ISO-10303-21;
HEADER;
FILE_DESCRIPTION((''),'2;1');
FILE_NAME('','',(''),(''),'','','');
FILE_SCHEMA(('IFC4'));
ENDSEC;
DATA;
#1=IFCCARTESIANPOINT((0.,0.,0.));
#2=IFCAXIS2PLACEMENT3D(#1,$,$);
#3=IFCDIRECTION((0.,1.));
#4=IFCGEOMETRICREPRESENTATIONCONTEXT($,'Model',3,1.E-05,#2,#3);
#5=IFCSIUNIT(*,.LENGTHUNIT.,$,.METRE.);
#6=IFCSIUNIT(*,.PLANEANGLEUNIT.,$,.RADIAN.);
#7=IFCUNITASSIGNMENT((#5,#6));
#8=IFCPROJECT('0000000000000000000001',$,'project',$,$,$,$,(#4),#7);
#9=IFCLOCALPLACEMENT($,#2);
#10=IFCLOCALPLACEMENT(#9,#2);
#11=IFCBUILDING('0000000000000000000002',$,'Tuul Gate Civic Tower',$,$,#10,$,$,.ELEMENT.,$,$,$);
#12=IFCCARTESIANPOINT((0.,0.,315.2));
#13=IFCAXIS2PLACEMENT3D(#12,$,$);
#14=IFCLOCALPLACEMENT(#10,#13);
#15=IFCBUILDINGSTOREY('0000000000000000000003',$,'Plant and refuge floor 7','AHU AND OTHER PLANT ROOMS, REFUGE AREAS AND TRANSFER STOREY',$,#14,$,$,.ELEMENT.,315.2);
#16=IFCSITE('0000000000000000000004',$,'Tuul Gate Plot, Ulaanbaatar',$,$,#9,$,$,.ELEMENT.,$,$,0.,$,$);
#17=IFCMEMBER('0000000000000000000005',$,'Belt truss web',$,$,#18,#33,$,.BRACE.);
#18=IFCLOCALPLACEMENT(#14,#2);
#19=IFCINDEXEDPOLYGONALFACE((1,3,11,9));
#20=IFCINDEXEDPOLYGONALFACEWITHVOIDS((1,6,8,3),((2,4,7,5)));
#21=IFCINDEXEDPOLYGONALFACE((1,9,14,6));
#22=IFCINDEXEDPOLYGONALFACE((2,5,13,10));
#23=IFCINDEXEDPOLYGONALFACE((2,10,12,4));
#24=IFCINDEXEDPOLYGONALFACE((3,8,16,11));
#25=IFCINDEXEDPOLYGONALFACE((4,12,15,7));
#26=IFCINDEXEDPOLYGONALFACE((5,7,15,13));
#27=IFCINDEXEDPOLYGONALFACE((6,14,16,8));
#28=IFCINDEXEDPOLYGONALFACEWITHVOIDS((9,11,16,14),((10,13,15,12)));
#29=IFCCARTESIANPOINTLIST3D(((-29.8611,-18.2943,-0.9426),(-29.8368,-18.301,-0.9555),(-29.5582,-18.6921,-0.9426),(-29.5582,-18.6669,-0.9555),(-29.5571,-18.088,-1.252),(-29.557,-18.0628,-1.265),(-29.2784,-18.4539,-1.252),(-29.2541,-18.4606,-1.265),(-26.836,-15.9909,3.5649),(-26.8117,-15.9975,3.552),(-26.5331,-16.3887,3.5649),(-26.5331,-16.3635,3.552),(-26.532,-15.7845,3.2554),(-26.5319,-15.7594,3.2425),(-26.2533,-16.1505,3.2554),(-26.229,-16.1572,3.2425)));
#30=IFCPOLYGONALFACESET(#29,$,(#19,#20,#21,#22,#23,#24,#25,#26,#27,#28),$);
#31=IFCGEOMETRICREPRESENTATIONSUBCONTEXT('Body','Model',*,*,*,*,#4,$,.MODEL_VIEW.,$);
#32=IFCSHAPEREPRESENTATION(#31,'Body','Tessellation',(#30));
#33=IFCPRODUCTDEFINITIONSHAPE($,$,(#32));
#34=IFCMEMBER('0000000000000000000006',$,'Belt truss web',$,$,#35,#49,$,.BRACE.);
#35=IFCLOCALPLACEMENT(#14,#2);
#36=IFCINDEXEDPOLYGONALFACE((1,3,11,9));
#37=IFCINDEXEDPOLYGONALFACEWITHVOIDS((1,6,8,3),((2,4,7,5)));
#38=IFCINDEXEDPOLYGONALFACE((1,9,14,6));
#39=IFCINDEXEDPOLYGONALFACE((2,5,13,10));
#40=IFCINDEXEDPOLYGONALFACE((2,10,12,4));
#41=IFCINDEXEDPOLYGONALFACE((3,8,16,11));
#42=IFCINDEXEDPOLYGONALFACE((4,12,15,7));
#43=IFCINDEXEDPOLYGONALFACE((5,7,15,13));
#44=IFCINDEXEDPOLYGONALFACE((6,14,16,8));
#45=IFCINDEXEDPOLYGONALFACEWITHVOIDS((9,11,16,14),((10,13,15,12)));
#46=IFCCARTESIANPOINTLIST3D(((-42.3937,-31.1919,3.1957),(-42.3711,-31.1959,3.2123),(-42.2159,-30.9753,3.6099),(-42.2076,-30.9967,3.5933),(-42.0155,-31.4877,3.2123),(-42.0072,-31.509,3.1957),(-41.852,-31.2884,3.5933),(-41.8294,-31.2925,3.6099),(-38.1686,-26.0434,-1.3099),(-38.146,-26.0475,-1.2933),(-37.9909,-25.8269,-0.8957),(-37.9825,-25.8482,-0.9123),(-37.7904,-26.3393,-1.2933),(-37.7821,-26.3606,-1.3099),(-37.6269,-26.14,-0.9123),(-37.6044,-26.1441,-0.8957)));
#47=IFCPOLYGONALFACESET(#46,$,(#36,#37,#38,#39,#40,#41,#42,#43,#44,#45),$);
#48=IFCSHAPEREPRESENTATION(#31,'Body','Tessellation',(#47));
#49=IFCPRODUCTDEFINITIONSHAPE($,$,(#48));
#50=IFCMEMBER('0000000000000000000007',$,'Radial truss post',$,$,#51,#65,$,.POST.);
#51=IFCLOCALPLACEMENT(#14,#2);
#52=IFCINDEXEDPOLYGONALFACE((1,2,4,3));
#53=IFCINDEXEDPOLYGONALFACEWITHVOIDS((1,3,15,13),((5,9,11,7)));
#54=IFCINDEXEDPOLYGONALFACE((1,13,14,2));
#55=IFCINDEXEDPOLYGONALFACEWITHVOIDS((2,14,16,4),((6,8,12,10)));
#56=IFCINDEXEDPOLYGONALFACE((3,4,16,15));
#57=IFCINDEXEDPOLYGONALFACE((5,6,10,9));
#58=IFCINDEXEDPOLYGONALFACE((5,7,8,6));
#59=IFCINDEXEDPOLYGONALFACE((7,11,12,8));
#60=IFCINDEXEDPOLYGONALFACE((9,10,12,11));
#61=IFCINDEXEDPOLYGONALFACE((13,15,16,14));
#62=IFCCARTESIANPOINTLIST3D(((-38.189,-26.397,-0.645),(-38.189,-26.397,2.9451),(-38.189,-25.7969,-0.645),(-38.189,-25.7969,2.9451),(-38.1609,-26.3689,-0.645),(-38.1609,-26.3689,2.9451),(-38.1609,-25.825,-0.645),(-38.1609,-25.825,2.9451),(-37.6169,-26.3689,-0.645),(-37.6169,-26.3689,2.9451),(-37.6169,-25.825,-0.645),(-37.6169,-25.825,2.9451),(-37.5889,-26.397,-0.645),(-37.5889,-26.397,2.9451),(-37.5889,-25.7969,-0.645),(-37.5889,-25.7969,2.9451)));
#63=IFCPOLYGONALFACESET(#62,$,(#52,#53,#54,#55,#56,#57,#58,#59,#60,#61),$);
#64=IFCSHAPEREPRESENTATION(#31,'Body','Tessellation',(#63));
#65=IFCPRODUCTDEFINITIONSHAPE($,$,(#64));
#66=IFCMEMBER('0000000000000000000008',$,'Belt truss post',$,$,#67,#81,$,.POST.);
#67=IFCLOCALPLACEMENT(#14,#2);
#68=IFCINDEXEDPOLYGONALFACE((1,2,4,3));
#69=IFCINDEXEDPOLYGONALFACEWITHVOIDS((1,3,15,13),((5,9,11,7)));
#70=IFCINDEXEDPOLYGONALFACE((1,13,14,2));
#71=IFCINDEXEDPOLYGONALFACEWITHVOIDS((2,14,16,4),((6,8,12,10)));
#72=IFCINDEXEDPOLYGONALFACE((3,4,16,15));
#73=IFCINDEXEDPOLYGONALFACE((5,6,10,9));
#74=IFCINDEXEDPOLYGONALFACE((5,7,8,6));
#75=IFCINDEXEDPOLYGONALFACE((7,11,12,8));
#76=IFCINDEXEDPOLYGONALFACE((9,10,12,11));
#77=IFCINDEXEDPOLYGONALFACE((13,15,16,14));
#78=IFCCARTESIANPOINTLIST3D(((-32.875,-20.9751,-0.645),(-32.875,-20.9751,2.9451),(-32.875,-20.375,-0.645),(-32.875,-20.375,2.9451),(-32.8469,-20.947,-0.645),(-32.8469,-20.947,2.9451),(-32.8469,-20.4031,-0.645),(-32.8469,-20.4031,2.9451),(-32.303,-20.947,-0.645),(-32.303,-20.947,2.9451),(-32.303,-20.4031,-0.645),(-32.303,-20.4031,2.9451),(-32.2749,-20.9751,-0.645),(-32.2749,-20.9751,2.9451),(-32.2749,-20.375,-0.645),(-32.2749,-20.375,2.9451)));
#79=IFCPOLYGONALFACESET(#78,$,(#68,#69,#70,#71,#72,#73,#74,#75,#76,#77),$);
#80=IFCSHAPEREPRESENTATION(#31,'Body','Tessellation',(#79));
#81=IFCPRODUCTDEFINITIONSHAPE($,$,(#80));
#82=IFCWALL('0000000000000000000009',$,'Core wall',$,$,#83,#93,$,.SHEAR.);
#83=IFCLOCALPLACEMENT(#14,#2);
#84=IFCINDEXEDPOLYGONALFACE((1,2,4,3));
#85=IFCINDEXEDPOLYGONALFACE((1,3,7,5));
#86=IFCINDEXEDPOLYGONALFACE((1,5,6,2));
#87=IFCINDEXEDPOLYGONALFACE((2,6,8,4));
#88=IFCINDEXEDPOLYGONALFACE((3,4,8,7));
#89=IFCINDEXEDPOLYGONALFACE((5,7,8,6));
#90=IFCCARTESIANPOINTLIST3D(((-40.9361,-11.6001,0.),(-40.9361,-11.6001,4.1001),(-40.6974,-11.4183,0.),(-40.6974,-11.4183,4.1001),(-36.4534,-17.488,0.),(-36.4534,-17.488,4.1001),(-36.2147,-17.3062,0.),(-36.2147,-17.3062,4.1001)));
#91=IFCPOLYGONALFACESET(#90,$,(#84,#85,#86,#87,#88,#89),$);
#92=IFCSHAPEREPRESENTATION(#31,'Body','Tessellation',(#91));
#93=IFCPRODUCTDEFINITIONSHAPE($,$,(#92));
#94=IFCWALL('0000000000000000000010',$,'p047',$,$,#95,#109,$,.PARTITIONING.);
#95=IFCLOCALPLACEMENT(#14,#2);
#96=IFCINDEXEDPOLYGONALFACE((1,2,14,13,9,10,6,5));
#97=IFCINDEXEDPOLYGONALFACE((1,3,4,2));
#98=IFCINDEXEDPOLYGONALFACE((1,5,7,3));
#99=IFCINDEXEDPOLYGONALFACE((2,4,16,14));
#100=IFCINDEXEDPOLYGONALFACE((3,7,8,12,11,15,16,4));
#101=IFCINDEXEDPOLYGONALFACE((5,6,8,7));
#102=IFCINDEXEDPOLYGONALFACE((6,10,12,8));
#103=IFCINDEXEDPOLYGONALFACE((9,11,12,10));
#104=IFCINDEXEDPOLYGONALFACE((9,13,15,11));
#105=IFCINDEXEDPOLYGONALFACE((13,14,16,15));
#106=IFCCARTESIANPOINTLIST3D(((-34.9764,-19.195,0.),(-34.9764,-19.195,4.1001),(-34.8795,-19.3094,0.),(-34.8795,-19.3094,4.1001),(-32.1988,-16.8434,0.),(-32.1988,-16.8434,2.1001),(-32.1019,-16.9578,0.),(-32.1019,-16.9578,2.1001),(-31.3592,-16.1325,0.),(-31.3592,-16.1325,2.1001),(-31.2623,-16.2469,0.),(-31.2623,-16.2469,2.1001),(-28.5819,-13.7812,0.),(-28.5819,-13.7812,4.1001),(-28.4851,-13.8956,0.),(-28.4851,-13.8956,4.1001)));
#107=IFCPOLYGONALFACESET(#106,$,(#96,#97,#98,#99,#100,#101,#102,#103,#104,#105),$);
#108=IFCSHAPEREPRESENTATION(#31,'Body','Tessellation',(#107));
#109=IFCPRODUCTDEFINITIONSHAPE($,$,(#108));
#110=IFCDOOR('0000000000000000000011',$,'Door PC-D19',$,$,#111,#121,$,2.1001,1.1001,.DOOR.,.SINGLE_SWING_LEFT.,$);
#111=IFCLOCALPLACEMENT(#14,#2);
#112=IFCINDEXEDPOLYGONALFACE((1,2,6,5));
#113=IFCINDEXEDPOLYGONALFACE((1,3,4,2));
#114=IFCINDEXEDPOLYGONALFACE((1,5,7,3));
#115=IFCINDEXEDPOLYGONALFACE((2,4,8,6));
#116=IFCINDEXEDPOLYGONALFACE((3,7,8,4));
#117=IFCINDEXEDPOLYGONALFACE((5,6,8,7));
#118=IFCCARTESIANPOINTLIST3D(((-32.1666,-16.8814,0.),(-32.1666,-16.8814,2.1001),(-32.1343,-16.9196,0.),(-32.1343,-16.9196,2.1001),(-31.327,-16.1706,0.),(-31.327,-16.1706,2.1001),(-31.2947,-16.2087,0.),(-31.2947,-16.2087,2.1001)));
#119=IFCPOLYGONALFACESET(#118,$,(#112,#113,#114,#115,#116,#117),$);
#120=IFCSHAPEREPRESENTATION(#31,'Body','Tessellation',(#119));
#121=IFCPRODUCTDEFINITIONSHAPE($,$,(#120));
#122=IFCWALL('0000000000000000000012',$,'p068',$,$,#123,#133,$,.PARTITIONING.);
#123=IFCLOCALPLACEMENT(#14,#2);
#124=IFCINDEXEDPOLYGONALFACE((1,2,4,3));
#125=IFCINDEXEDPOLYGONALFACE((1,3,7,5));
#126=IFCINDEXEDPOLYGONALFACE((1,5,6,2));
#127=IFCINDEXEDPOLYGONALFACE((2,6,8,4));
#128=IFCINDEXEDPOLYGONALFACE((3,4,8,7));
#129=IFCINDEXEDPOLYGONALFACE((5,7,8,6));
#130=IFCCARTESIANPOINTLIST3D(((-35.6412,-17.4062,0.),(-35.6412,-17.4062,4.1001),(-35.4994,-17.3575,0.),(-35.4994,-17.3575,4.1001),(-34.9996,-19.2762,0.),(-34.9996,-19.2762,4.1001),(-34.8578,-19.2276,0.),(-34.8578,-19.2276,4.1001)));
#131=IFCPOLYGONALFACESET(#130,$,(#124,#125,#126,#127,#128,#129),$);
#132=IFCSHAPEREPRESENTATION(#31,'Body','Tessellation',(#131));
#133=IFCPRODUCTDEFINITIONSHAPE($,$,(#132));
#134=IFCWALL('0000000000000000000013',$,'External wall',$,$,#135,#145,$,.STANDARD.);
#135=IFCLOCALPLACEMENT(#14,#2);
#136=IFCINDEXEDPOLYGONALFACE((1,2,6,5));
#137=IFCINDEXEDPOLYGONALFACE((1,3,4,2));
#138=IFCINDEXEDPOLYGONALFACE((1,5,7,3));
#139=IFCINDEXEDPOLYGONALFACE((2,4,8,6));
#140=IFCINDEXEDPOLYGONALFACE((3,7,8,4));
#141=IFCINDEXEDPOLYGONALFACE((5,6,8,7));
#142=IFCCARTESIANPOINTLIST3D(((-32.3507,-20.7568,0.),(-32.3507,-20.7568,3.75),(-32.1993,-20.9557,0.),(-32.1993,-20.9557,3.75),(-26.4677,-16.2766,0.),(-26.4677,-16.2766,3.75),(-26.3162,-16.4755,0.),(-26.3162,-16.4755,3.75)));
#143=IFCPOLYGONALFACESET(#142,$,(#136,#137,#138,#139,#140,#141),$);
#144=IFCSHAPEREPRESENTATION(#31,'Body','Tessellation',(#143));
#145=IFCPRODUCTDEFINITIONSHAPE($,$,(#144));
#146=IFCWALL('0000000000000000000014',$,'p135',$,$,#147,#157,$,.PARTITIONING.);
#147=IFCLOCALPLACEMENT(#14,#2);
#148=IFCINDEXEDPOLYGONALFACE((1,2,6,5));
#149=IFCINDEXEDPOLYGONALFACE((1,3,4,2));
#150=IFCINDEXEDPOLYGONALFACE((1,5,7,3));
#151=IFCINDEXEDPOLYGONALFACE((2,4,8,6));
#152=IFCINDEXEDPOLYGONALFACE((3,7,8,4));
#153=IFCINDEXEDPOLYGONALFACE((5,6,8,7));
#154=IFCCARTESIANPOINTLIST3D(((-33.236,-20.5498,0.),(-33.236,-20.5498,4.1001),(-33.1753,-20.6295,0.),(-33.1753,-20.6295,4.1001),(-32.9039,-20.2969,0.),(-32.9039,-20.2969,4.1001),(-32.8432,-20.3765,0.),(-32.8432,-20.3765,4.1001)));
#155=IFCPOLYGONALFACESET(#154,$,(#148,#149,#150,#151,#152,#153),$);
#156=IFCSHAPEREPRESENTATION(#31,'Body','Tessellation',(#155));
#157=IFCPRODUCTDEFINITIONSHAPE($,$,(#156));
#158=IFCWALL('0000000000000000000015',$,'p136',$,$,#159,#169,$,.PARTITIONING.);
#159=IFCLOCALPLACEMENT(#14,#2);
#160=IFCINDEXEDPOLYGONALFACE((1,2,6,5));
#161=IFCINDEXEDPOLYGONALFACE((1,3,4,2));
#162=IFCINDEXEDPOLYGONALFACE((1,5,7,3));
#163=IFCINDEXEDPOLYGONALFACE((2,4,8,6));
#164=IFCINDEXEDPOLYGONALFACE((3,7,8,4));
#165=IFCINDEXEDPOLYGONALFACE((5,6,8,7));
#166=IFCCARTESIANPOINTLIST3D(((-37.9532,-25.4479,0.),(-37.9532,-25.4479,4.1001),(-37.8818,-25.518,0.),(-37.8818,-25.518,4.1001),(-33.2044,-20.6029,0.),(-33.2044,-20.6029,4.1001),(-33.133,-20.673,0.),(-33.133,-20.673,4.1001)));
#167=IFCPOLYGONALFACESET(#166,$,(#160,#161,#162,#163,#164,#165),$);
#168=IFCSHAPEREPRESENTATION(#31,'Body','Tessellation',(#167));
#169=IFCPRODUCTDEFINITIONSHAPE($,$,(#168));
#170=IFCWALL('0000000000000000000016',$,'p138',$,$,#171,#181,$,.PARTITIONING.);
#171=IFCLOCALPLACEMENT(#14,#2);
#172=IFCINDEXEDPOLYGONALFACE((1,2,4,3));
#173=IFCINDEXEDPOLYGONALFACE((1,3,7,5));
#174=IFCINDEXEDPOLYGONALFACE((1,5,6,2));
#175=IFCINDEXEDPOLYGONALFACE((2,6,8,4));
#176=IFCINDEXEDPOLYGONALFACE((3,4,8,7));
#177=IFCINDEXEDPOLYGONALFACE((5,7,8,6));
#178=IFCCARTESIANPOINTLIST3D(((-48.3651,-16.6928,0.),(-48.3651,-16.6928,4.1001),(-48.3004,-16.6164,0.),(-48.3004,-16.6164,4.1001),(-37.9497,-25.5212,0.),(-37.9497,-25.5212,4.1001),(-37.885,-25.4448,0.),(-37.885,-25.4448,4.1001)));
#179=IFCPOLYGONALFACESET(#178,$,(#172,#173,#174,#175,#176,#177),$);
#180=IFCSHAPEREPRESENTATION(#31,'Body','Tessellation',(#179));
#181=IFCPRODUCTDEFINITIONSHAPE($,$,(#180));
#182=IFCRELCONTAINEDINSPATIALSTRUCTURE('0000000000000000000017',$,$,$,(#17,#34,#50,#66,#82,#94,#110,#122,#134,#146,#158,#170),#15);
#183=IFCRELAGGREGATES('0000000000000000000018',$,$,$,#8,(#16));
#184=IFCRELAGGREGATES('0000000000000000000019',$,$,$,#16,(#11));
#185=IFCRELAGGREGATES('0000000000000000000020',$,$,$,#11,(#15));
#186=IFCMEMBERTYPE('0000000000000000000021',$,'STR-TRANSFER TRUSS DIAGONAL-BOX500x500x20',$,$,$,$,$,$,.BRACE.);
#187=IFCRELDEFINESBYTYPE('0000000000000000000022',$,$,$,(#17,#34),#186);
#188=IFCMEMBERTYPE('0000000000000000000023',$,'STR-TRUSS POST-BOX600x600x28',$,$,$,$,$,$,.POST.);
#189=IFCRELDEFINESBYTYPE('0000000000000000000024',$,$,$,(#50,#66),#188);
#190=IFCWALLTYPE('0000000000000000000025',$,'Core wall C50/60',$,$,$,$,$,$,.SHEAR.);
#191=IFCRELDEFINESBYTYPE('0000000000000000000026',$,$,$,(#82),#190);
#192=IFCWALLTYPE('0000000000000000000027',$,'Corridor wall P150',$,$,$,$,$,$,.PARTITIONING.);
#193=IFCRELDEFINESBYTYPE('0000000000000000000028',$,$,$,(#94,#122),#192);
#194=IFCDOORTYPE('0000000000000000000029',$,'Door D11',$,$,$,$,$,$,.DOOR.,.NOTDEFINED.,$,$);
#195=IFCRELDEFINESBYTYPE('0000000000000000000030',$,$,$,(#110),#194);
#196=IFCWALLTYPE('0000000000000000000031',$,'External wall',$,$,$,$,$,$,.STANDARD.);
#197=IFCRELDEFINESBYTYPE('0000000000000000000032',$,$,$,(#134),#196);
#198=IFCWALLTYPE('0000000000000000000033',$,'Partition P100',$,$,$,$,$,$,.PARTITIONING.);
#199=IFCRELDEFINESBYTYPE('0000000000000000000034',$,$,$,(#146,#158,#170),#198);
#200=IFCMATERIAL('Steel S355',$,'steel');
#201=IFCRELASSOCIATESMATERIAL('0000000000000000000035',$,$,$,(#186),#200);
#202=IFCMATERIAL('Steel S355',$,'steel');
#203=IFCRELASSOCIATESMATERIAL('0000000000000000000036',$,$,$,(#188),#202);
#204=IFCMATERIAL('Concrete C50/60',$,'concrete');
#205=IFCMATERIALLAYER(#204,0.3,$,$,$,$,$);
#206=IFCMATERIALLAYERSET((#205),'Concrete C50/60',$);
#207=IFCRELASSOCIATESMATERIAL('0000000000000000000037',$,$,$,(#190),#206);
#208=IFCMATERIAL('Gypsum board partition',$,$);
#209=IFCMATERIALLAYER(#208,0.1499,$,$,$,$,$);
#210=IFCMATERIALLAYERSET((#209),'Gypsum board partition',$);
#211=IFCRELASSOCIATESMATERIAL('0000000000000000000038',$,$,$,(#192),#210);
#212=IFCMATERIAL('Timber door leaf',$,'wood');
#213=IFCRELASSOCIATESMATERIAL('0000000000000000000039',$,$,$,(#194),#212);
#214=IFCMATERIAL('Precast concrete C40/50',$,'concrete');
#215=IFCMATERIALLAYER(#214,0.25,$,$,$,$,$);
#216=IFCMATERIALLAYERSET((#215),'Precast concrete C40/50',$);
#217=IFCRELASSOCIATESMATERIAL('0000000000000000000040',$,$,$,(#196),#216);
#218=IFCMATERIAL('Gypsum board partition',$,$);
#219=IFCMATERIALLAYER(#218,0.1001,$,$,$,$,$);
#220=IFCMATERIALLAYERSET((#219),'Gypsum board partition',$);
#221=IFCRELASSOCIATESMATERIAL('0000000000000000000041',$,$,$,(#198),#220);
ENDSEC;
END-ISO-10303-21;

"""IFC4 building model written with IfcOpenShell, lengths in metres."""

from ifc_helpers import new_model, si_unit, direction, frame, frame_2d, origin, origin_2d, place, context, subcontext, project, spatial, rectangle, hollow_rectangle, extrude, material, layer, layer_set, material_profile, profile_set, type_object, element, fill, save


model = new_model("IFC4")

# Units and contexts
model_context = context("Model", 3, precision=1e-05, world=origin(), true_north=direction((0.0, 1.0)))
body_context = subcontext(model_context, "Body", "Model", "MODEL_VIEW")
ifc_project = project(units=[si_unit("LENGTHUNIT", "METRE"), si_unit("PLANEANGLEUNIT", "RADIAN")], contexts=[model_context])

# Site, building, storey
site_placement = place(None, origin())
site = spatial("IfcSite", under=ifc_project, at=site_placement, Name="Tuul Gate Plot, Ulaanbaatar", CompositionType="ELEMENT", RefElevation=0.0)
building_placement = place(site_placement, origin())
building = spatial("IfcBuilding", under=site, at=building_placement, Name="Tuul Gate Civic Tower", CompositionType="ELEMENT")
storey_placement = place(building_placement, frame((0.0, 0.0, 315.2)))
storey = spatial("IfcBuildingStorey", under=building, at=storey_placement, Name="Plant and refuge floor 7", Description="AHU AND OTHER PLANT ROOMS, REFUGE AREAS AND TRANSFER STOREY", CompositionType="ELEMENT", Elevation=315.2)

# Members
ifc_material_1 = material(Name="Steel S355", Category="steel")
ifc_material_profile_1 = material_profile(ifc_material_1, hollow_rectangle(XDim=0.5, YDim=0.5, WallThickness=0.02, at=origin_2d()), Name="BOX500x500x20")
ifc_profile_set_1 = profile_set([ifc_material_profile_1], Name="Steel S355")
member_type_1 = type_object("IfcMemberType", Name="STR-TRANSFER TRUSS DIAGONAL-BOX500x500x20", PredefinedType="BRACE", material=ifc_profile_set_1)
for number, where, z_axis, x_axis, name in (
    (1, (-29.5576, -18.3774, -1.1038), (0.51299, 0.390611, 0.764372), (-0.605809, 0.79561, 0.0), "Belt truss web"),
):
    element("IfcMember", number, at=place(storey_placement, frame(where, z_axis=z_axis, x_axis=x_axis)), inside=storey, type_object=member_type_1, Name=name, PredefinedType="BRACE", context=body_context, shape_type="SweptSolid", body=[
        extrude(hollow_rectangle(XDim=0.5, YDim=0.5, WallThickness=0.02, at=origin_2d()), origin(), (0.0, 0.0, 1.0), 5.897),
    ])
member_placement = place(storey_placement, frame((-37.8865, -26.0938, -1.1028), z_axis=(-0.525441, -0.64027, 0.560327), x_axis=(0.773019, -0.634383, 0.0)))
element("IfcMember", 2, at=member_placement, inside=storey, type_object=member_type_1, Name="Belt truss web", PredefinedType="BRACE", context=body_context, shape_type="SweptSolid", body=[
    extrude(hollow_rectangle(XDim=0.5, YDim=0.5, WallThickness=0.02, at=origin_2d()), origin(), (0.0, 0.0, 1.0), 8.041),
])
ifc_material_2 = material(Name="Steel S355", Category="steel")
ifc_material_profile_2 = material_profile(ifc_material_2, hollow_rectangle(XDim=0.6001, YDim=0.6001, WallThickness=0.0281, at=origin_2d()), Name="BOX600x600x28")
ifc_profile_set_2 = profile_set([ifc_material_profile_2], Name="Steel S355")
member_type_2 = type_object("IfcMemberType", Name="STR-TRUSS POST-BOX600x600x28", PredefinedType="POST", material=ifc_profile_set_2)
for number, where, z_axis, x_axis, name in (
    (3, (-37.8889, -26.0969, -0.645), (0.0, 0.0, 1.0), (1.0, 0.0, 0.0), "Radial truss post"),
    (4, (-32.575, -20.675, -0.645), (0.0, 0.0, 1.0), (1.0, 0.0, 0.0), "Belt truss post"),
):
    element("IfcMember", number, at=place(storey_placement, frame(where, z_axis=z_axis, x_axis=x_axis)), inside=storey, type_object=member_type_2, Name=name, PredefinedType="POST", context=body_context, shape_type="SweptSolid", body=[
        extrude(hollow_rectangle(XDim=0.6001, YDim=0.6001, WallThickness=0.0281, at=origin_2d()), origin(), (0.0, 0.0, 1.0), 3.5901),
    ])

# Wall
ifc_material_3 = material(Name="Concrete C50/60", Category="concrete")
ifc_layer_1 = layer(ifc_material_3, 0.3)
ifc_layer_set_1 = layer_set([ifc_layer_1], Name="Concrete C50/60")
wall_type_1 = type_object("IfcWallType", Name="Core wall C50/60", PredefinedType="SHEAR", material=ifc_layer_set_1)
wall_1_placement = place(storey_placement, frame((-36.334, -17.3972, 0.0), z_axis=(0.0, 0.0, 1.0), x_axis=(-0.605754, 0.795652, 0.0)))
element("IfcWall", 5, at=wall_1_placement, inside=storey, type_object=wall_type_1, Name="Core wall", PredefinedType="SHEAR", context=body_context, shape_type="SweptSolid", body=[
    extrude(rectangle(XDim=7.4001, YDim=0.3, at=frame_2d((3.7002, 0.0))), origin(), (0.0, 0.0, 1.0), 4.1001),
])

# Wall, opening, door
ifc_material_4 = material(Name="Gypsum board partition")
ifc_layer_2 = layer(ifc_material_4, 0.1499)
ifc_layer_set_2 = layer_set([ifc_layer_2], Name="Gypsum board partition")
wall_type_2 = type_object("IfcWallType", Name="Corridor wall P150", PredefinedType="PARTITIONING", material=ifc_layer_set_2)
wall_2_placement = place(storey_placement, frame((-34.928, -19.2522, 0.0), z_axis=(0.0, 0.0, 1.0), x_axis=(0.763206, 0.646155, 0.0)))
wall_2 = element("IfcWall", 6, at=wall_2_placement, inside=storey, type_object=wall_type_2, Name="p047", PredefinedType="PARTITIONING", context=body_context, shape_type="SweptSolid", body=[
    extrude(rectangle(XDim=8.3784, YDim=0.1499, at=frame_2d((4.1892, 0.0))), origin(), (0.0, 0.0, 1.0), 4.1001),
])
opening_placement = place(wall_2_placement, frame((3.6394, 0.0, 0.0)))
opening = element("IfcOpeningElement", 7, at=opening_placement, cuts=wall_2, PredefinedType="OPENING", context=body_context, shape_type="SweptSolid", body=[
    extrude(rectangle(XDim=1.1001, YDim=2.1001, at=frame_2d((0.55, 1.05))), frame((0.0, 0.085, 0.0), z_axis=(0.0, -1.0, 0.0), x_axis=(1.0, 0.0, 0.0)), (0.0, 0.0, 1.0), 0.1699),
])
ifc_material_5 = material(Name="Timber door leaf", Category="wood")
door_type = type_object("IfcDoorType", Name="Door D11", OperationType="NOTDEFINED", PredefinedType="DOOR", material=ifc_material_5)
door_placement = place(opening_placement, frame((1.1001, 0.0, 0.0), z_axis=(0.0, 0.0, 1.0), x_axis=(-1.0, 0.0, 0.0)))
door = element("IfcDoor", 8, at=door_placement, inside=storey, type_object=door_type, Name="Door PC-D19", OperationType="SINGLE_SWING_LEFT", OverallHeight=2.1001, OverallWidth=1.1001, PredefinedType="DOOR", context=body_context, shape_type="SweptSolid", body=[
    extrude(rectangle(XDim=1.1001, YDim=2.1001, at=frame_2d((0.55, 1.05))), frame((0.0, 0.0249, 0.0), z_axis=(0.0, -1.0, 0.0), x_axis=(1.0, 0.0, 0.0)), (0.0, 0.0, 1.0), 0.05),
])
fill(opening, door)

# Walls
wall_3_placement = place(storey_placement, frame((-35.5703, -17.3818, 0.0), z_axis=(0.0, 0.0, 1.0), x_axis=(0.324514, -0.945881, 0.0)))
element("IfcWall", 9, at=wall_3_placement, inside=storey, type_object=wall_type_2, Name="p068", PredefinedType="PARTITIONING", context=body_context, shape_type="SweptSolid", body=[
    extrude(rectangle(XDim=1.9771, YDim=0.1499, at=frame_2d((0.9885, 0.0))), origin(), (0.0, 0.0, 1.0), 4.1001),
])
ifc_material_6 = material(Name="Precast concrete C40/50", Category="concrete")
ifc_layer_3 = layer(ifc_material_6, 0.25)
ifc_layer_set_3 = layer_set([ifc_layer_3], Name="Precast concrete C40/50")
wall_type_3 = type_object("IfcWallType", Name="External wall", PredefinedType="STANDARD", material=ifc_layer_set_3)
wall_4_placement = place(storey_placement, frame((-32.2749, -20.8562, 0.0), z_axis=(0.0, 0.0, 1.0), x_axis=(0.795569, 0.605863, 0.0)))
element("IfcWall", 10, at=wall_4_placement, inside=storey, type_object=wall_type_3, Name="External wall", PredefinedType="STANDARD", context=body_context, shape_type="SweptSolid", body=[
    extrude(rectangle(XDim=7.3948, YDim=0.25, at=frame_2d((3.6973, 0.0))), origin(), (0.0, 0.0, 1.0), 3.75),
])
ifc_material_7 = material(Name="Gypsum board partition")
ifc_layer_4 = layer(ifc_material_7, 0.1001)
ifc_layer_set_4 = layer_set([ifc_layer_4], Name="Gypsum board partition")
wall_type_4 = type_object("IfcWallType", Name="Partition P100", PredefinedType="PARTITIONING", material=ifc_layer_set_4)
wall_5_placement = place(storey_placement, frame((-32.8735, -20.3367, 0.0), z_axis=(0.0, 0.0, 1.0), x_axis=(-0.795485, -0.605973, 0.0)))
element("IfcWall", 11, at=wall_5_placement, inside=storey, type_object=wall_type_4, Name="p135", PredefinedType="PARTITIONING", context=body_context, shape_type="SweptSolid", body=[
    extrude(rectangle(XDim=0.4175, YDim=0.1001, at=frame_2d((0.2087, 0.0))), origin(), (0.0, 0.0, 1.0), 4.1001),
])
wall_6_placement = place(storey_placement, frame((-33.1687, -20.6379, 0.0), z_axis=(0.0, 0.0, 1.0), x_axis=(-0.699982, -0.714161, 0.0)))
element("IfcWall", 12, at=wall_6_placement, inside=storey, type_object=wall_type_4, Name="p136", PredefinedType="PARTITIONING", context=body_context, shape_type="SweptSolid", body=[
    extrude(rectangle(XDim=6.7842, YDim=0.1001, at=frame_2d((3.3921, 0.0))), origin(), (0.0, 0.0, 1.0), 4.1001),
])
wall_7_placement = place(storey_placement, frame((-37.9175, -25.4829, 0.0), z_axis=(0.0, 0.0, 1.0), x_axis=(-0.762828, 0.646601, 0.0)))
element("IfcWall", 13, at=wall_7_placement, inside=storey, type_object=wall_type_4, Name="p138", PredefinedType="PARTITIONING", context=body_context, shape_type="SweptSolid", body=[
    extrude(rectangle(XDim=13.6536, YDim=0.1001, at=frame_2d((6.8267, 0.0))), origin(), (0.0, 0.0, 1.0), 4.1001),
])

save(model, "model.ifc")
